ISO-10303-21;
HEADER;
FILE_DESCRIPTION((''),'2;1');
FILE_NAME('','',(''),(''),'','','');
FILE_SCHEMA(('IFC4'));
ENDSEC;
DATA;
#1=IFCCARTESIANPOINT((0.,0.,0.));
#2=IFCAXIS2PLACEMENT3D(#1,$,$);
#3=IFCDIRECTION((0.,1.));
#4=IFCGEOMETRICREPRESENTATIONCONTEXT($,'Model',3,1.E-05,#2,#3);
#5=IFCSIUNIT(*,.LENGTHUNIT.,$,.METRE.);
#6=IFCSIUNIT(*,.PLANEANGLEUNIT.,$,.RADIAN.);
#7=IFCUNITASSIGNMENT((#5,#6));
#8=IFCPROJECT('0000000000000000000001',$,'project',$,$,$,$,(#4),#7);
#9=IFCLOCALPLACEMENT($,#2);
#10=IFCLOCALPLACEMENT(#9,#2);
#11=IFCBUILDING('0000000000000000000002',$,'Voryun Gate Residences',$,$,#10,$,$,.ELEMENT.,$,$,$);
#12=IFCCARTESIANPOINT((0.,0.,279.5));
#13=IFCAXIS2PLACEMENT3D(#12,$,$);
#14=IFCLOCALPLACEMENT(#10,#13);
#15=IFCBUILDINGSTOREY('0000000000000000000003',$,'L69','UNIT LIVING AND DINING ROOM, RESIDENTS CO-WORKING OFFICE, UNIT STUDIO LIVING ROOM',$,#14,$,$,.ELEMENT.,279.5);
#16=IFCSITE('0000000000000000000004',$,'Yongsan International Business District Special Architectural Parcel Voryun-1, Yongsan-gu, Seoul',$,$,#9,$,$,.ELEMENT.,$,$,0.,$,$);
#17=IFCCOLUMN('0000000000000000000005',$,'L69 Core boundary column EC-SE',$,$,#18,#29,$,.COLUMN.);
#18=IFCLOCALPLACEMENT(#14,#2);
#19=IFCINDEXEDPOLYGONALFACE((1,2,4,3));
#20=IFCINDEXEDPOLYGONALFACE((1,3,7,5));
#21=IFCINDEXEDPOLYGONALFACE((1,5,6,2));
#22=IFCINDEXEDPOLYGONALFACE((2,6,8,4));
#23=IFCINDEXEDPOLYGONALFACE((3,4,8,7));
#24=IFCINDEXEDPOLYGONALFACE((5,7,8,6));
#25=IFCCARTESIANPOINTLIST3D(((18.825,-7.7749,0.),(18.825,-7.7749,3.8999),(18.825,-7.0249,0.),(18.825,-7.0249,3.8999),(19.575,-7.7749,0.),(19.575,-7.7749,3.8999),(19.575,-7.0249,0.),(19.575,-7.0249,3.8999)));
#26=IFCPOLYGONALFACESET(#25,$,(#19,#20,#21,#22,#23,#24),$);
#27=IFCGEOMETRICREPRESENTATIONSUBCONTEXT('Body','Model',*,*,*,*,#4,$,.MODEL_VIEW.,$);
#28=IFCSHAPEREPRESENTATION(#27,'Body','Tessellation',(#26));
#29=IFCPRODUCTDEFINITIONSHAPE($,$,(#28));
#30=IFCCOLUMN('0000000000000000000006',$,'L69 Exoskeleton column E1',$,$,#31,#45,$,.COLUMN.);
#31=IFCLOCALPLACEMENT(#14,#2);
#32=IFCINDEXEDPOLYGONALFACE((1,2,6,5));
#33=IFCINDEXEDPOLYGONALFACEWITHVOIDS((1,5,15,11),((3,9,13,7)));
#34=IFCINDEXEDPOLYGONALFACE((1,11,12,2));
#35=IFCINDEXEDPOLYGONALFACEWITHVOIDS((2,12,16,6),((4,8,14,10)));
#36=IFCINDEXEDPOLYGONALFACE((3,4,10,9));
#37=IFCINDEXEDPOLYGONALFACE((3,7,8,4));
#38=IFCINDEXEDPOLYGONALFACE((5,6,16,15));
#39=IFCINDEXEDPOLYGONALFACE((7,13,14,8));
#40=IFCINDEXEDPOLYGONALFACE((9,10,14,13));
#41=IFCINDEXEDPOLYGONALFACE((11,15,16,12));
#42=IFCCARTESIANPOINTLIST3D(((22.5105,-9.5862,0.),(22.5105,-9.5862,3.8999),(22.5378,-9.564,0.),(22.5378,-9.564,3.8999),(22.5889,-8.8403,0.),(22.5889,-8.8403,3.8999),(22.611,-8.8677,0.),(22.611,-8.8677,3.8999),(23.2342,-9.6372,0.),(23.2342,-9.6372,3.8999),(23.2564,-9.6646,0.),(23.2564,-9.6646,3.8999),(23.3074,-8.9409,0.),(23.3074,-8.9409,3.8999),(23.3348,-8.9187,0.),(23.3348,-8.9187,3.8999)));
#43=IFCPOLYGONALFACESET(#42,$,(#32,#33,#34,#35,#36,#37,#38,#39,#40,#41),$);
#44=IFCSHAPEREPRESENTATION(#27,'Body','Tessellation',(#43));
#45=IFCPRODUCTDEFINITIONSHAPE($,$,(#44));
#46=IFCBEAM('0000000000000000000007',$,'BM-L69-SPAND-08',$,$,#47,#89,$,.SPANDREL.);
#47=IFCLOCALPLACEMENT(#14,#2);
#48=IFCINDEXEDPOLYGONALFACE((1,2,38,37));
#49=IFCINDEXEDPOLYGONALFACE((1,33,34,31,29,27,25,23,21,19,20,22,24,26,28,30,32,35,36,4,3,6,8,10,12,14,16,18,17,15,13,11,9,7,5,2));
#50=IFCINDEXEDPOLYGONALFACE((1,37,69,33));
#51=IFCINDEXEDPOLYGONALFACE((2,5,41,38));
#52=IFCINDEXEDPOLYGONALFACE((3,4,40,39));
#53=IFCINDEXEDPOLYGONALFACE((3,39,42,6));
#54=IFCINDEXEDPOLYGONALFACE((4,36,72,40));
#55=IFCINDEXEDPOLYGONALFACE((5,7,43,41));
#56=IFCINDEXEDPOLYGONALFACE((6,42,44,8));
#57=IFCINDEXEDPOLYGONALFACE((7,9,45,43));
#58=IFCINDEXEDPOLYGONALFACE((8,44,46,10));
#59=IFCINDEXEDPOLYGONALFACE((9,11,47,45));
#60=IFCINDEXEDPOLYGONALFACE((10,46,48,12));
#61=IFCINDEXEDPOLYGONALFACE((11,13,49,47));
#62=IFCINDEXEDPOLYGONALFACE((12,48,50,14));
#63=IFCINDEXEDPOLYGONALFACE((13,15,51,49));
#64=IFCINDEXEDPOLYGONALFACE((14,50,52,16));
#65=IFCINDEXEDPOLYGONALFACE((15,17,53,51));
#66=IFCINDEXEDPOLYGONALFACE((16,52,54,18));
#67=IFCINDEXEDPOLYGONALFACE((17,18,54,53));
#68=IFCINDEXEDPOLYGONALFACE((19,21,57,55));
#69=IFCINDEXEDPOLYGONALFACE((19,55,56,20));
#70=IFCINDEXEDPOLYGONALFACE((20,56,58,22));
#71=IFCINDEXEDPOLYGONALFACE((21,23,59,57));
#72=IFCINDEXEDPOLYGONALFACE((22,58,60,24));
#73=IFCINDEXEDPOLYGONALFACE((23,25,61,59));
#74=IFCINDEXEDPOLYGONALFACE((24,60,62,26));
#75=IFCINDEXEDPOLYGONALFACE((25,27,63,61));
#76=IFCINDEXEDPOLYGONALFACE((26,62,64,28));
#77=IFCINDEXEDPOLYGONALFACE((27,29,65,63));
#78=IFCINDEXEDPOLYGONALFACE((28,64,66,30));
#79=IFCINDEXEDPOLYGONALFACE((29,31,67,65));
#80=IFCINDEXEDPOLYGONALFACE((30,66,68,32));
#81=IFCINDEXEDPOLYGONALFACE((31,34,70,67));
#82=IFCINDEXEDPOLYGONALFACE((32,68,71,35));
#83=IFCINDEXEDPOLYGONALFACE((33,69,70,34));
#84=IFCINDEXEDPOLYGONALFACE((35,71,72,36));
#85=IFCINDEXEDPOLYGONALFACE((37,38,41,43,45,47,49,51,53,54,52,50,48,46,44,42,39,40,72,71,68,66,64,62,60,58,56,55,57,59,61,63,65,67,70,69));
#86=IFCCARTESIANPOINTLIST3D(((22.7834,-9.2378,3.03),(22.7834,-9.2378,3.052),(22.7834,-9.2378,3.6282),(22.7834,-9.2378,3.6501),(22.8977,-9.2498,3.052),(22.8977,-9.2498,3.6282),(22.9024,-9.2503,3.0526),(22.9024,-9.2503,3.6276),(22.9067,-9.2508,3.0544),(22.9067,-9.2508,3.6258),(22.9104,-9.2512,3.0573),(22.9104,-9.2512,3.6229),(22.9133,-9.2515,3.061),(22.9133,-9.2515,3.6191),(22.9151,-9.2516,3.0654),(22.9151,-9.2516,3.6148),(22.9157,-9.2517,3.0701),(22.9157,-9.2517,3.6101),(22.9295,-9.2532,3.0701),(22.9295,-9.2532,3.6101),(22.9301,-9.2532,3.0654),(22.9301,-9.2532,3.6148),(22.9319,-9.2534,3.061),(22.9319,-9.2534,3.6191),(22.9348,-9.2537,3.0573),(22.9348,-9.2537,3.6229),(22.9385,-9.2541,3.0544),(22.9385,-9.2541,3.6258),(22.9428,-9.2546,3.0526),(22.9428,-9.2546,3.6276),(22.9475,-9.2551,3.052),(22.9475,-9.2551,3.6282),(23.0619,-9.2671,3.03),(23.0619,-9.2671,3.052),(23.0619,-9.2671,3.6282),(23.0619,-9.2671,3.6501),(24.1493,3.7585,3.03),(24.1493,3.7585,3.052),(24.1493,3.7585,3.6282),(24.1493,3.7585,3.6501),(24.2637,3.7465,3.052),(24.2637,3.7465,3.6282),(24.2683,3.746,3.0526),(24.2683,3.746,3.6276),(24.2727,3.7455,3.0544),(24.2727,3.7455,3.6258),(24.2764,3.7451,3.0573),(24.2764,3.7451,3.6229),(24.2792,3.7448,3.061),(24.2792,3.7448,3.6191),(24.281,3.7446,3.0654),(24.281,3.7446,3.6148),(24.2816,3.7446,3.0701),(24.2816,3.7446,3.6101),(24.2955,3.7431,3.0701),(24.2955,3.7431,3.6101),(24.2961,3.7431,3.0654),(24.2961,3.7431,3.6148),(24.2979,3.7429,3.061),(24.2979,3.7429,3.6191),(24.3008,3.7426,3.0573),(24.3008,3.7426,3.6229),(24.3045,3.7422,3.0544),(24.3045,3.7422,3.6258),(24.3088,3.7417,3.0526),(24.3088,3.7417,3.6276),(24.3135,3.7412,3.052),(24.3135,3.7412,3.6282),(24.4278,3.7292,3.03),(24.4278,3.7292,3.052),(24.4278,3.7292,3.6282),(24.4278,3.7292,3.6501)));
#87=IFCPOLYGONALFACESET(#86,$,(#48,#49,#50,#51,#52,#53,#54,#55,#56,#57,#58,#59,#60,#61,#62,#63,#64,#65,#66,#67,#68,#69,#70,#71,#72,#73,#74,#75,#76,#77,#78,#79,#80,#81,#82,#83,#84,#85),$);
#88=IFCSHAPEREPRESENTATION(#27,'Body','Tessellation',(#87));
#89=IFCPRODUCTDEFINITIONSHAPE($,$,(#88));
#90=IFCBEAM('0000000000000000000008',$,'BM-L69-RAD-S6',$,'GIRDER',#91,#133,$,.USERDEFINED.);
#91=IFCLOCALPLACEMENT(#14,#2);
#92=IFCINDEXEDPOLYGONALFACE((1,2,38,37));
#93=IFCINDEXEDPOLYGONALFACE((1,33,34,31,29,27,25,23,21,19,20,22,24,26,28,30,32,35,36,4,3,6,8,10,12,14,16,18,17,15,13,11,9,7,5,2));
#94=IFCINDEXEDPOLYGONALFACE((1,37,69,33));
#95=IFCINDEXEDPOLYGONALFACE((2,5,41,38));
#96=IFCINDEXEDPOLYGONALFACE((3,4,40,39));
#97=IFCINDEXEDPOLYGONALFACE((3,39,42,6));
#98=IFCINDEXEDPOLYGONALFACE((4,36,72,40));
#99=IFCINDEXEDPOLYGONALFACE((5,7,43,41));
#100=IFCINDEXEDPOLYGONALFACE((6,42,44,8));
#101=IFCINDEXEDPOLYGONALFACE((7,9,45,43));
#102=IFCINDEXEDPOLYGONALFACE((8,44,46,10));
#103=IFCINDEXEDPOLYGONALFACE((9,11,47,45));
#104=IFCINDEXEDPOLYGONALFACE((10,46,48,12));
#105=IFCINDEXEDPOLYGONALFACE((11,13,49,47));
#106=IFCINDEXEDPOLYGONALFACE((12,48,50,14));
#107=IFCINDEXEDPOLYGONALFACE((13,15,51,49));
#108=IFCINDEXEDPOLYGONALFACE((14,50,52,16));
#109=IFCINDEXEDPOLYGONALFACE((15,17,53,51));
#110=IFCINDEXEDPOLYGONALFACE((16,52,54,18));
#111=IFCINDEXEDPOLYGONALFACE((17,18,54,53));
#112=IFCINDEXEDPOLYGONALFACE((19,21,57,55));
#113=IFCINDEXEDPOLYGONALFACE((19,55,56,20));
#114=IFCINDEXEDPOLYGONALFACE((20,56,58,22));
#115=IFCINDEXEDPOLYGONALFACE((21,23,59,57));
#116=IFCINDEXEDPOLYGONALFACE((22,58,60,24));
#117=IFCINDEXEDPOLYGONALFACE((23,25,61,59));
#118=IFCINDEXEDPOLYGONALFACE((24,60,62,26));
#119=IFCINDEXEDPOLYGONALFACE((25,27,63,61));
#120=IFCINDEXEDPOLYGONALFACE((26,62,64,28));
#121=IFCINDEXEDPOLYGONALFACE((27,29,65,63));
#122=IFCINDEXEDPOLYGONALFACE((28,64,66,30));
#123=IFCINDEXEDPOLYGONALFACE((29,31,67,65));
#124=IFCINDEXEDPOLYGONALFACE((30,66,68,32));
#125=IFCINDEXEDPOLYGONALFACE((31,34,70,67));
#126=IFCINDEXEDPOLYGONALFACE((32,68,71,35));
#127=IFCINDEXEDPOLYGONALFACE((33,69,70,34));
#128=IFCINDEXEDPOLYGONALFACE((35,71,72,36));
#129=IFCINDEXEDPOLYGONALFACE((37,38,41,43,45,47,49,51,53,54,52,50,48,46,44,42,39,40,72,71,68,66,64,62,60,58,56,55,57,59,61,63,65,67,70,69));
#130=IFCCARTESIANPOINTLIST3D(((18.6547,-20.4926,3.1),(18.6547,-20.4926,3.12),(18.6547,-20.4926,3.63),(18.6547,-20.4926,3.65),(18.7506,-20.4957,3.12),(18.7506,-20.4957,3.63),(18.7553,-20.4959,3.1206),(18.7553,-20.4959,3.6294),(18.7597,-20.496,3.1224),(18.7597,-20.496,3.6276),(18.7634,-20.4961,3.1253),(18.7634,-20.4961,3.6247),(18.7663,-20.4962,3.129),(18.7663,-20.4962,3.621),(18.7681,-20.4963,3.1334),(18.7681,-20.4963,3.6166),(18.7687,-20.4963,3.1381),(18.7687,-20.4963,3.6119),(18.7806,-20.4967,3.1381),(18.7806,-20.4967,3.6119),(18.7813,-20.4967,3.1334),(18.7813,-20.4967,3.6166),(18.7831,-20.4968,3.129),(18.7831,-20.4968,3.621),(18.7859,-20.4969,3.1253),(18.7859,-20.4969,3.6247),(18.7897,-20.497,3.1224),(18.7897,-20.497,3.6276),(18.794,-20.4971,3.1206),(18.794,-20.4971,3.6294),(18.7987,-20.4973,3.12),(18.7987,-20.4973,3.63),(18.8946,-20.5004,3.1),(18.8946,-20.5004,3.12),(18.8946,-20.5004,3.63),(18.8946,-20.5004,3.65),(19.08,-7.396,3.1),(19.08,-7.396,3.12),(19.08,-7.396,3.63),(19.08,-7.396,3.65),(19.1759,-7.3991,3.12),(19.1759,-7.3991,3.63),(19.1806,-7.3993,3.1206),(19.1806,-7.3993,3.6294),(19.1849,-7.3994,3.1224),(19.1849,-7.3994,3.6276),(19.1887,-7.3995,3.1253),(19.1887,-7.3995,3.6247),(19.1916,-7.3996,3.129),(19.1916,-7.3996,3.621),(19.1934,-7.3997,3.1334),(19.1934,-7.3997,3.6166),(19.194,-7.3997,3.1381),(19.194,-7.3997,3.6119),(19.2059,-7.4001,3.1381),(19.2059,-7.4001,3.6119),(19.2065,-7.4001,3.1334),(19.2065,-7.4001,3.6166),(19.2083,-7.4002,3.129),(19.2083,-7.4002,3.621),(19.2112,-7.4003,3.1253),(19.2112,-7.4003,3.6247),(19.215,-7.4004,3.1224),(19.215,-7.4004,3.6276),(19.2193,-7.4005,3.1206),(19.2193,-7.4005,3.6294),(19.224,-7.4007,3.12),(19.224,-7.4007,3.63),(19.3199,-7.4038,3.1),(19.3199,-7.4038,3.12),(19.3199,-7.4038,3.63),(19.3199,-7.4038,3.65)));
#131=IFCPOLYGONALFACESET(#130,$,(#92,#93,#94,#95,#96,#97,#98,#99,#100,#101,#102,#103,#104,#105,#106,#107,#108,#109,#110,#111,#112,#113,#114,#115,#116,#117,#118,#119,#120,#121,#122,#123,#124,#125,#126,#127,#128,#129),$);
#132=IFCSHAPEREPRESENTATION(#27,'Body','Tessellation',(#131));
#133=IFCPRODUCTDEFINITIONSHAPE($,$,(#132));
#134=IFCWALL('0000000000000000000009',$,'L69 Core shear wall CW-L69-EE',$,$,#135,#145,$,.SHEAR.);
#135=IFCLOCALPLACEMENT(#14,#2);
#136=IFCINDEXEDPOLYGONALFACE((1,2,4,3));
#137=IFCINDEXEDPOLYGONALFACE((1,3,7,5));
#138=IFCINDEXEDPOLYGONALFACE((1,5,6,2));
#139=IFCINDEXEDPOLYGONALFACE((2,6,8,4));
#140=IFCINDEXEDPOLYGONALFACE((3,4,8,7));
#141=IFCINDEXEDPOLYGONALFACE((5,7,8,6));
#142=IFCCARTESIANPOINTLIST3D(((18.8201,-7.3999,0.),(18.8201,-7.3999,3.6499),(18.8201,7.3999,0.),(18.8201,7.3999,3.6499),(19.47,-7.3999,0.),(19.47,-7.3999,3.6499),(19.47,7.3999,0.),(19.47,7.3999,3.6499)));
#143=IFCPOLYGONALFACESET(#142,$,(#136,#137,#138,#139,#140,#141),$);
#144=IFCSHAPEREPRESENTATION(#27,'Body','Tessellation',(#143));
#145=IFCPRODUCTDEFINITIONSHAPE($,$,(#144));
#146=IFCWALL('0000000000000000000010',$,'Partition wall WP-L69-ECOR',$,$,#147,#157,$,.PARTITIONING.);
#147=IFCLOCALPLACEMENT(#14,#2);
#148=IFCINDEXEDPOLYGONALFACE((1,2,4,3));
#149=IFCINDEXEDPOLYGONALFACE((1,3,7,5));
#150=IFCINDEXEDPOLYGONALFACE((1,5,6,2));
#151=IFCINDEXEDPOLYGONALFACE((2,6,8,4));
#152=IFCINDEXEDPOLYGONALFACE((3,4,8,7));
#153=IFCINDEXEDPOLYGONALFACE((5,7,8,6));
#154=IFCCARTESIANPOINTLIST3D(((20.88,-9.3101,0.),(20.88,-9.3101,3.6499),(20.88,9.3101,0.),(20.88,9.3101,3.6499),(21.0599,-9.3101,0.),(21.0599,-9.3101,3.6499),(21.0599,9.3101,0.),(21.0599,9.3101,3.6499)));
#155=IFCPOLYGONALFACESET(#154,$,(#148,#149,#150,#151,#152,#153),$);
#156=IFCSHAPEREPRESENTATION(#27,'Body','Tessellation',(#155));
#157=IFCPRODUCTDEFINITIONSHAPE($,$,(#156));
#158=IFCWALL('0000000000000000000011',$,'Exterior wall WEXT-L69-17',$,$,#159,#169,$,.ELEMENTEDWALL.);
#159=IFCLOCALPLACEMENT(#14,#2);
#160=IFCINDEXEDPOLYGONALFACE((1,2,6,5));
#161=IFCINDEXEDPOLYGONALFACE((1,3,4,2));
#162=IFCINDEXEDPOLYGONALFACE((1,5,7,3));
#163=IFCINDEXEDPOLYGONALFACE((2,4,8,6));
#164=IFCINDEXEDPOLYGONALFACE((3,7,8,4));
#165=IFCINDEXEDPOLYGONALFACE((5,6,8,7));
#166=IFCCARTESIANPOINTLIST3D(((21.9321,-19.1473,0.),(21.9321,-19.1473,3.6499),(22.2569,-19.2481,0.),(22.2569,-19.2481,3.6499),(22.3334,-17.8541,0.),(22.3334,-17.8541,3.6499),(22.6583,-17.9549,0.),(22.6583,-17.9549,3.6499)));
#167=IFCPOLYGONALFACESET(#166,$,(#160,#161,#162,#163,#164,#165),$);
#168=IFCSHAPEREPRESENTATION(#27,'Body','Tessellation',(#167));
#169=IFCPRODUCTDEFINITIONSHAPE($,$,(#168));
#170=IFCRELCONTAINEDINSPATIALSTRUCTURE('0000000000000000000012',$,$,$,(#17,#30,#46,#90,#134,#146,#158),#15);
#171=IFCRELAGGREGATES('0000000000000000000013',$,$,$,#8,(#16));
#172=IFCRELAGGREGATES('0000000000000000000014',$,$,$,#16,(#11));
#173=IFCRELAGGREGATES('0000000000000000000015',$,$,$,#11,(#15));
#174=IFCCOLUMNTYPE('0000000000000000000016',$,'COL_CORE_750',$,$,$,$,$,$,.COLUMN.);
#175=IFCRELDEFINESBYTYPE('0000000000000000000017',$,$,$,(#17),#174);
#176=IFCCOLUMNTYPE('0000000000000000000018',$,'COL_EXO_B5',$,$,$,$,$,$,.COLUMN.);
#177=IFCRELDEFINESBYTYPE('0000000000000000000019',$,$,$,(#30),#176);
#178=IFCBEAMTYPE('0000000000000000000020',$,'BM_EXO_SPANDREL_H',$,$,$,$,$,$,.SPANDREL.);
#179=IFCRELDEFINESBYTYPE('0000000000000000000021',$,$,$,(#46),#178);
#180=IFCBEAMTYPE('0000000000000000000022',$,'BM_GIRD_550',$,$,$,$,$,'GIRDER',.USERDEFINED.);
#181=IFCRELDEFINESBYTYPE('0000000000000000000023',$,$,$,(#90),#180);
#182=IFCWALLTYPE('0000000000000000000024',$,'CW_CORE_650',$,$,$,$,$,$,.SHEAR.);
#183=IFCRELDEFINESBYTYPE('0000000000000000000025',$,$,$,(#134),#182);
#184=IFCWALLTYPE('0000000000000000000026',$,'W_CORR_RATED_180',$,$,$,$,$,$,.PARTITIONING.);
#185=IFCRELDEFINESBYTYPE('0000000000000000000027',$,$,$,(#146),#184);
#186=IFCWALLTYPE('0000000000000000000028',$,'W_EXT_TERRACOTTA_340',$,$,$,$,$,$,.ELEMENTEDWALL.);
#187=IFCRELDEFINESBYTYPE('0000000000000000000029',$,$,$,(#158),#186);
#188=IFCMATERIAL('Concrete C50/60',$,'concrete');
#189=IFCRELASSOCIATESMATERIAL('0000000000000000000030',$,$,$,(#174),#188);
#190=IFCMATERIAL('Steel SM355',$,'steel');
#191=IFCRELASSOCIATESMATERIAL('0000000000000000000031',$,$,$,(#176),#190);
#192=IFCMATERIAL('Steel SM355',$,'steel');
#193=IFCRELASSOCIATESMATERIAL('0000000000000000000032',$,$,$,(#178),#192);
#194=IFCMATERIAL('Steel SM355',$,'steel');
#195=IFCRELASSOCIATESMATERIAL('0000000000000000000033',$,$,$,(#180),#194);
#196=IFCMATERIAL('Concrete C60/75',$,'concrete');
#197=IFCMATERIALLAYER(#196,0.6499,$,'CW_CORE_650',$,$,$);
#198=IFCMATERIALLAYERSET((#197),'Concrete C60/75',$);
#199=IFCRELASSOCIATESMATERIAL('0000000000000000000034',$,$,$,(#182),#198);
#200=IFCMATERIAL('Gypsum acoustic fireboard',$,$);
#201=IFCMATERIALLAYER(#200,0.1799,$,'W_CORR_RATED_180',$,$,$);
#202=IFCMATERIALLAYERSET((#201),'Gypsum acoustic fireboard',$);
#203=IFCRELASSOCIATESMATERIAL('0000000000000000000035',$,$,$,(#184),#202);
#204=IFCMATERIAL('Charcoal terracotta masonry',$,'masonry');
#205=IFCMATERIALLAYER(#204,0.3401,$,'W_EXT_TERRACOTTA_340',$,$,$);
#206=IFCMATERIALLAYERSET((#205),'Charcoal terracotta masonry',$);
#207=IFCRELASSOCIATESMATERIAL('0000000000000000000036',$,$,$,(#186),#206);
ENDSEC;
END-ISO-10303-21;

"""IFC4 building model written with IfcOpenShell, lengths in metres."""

from ifc_helpers import new_model, si_unit, direction, frame, frame_2d, origin, origin_2d, place, context, subcontext, project, spatial, rectangle, hollow_rectangle, i_section, extrude, material, layer, layer_set, material_profile, profile_set, type_object, element, save


model = new_model("IFC4")

# Units and contexts
model_context = context("Model", 3, precision=1e-05, world=origin(), true_north=direction((0.0, 1.0)))
body_context = subcontext(model_context, "Body", "Model", "MODEL_VIEW")
ifc_project = project(units=[si_unit("LENGTHUNIT", "METRE"), si_unit("PLANEANGLEUNIT", "RADIAN")], contexts=[model_context])

# Site, building, storey
site_placement = place(None, origin())
site = spatial("IfcSite", under=ifc_project, at=site_placement, Name="Yongsan International Business District Special Architectural Parcel Voryun-1, Yongsan-gu, Seoul", CompositionType="ELEMENT", RefElevation=0.0)
building_placement = place(site_placement, origin())
building = spatial("IfcBuilding", under=site, at=building_placement, Name="Voryun Gate Residences", CompositionType="ELEMENT")
storey_placement = place(building_placement, frame((0.0, 0.0, 279.5)))
storey = spatial("IfcBuildingStorey", under=building, at=storey_placement, Name="L69", Description="UNIT LIVING AND DINING ROOM, RESIDENTS CO-WORKING OFFICE, UNIT STUDIO LIVING ROOM", CompositionType="ELEMENT", Elevation=279.5)

# Columns
ifc_material_1 = material(Name="Concrete C50/60", Category="concrete")
ifc_material_profile_1 = material_profile(ifc_material_1, rectangle(XDim=0.75, YDim=0.75, at=origin_2d()), Name="RC-750x750")
ifc_profile_set_1 = profile_set([ifc_material_profile_1], Name="Concrete C50/60")
column_type_1 = type_object("IfcColumnType", Name="COL_CORE_750", PredefinedType="COLUMN", material=ifc_profile_set_1)
column_1_placement = place(storey_placement, frame((19.2, -7.3999, 0.0), z_axis=(0.0, 0.0, 1.0), x_axis=(1.0, 0.0, 0.0)))
element("IfcColumn", 1, at=column_1_placement, inside=storey, type_object=column_type_1, Name="L69 Core boundary column EC-SE", PredefinedType="COLUMN", context=body_context, shape_type="SweptSolid", body=[
    extrude(rectangle(XDim=0.75, YDim=0.75, at=origin_2d()), origin(), (0.0, 0.0, 1.0), 3.8999),
])
ifc_material_2 = material(Name="Steel SM355", Category="steel")
ifc_material_profile_2 = material_profile(ifc_material_2, hollow_rectangle(XDim=0.75, YDim=0.75, WallThickness=0.0249, at=origin_2d()), Name="BOX-750x750x25")
ifc_profile_set_2 = profile_set([ifc_material_profile_2], Name="Steel SM355")
column_type_2 = type_object("IfcColumnType", Name="COL_EXO_B5", PredefinedType="COLUMN", material=ifc_profile_set_2)
column_2_placement = place(storey_placement, frame((22.9226, -9.2524, 0.0), z_axis=(0.0, 0.0, 1.0), x_axis=(0.994522, -0.104528, 0.0)))
element("IfcColumn", 2, at=column_2_placement, inside=storey, type_object=column_type_2, Name="L69 Exoskeleton column E1", PredefinedType="COLUMN", context=body_context, shape_type="SweptSolid", body=[
    extrude(hollow_rectangle(XDim=0.75, YDim=0.75, WallThickness=0.0249, at=origin_2d()), origin(), (0.0, 0.0, 1.0), 3.8999),
])

# Beams
ifc_material_3 = material(Name="Steel SM355", Category="steel")
ifc_material_profile_3 = material_profile(ifc_material_3, i_section(OverallWidth=0.28, OverallDepth=0.6201, WebThickness=0.0139, FlangeThickness=0.022, FilletRadius=0.0181, at=origin_2d()), Name="H-620x280x14x22")
ifc_profile_set_3 = profile_set([ifc_material_profile_3], Name="Steel SM355")
beam_type_1 = type_object("IfcBeamType", Name="BM_EXO_SPANDREL_H", PredefinedType="SPANDREL", material=ifc_profile_set_3)
beam_1_placement = place(storey_placement, frame((22.9226, -9.2524, 3.3401), z_axis=(0.104528, 0.994522, 0.0), x_axis=(-0.994522, 0.104528, 0.0)))
element("IfcBeam", 3, at=beam_1_placement, inside=storey, type_object=beam_type_1, Name="BM-L69-SPAND-08", PredefinedType="SPANDREL", context=body_context, shape_type="SweptSolid", body=[
    extrude(i_section(OverallWidth=0.28, OverallDepth=0.6201, WebThickness=0.0139, FlangeThickness=0.022, FilletRadius=0.0181, at=origin_2d()), origin(), (0.0, 0.0, 1.0), 13.0679),
])
ifc_material_4 = material(Name="Steel SM355", Category="steel")
ifc_material_profile_4 = material_profile(ifc_material_4, i_section(OverallWidth=0.24, OverallDepth=0.55, WebThickness=0.012, FlangeThickness=0.02, FilletRadius=0.0181, at=origin_2d()), Name="H-550x240x12x20")
ifc_profile_set_4 = profile_set([ifc_material_profile_4], Name="Steel SM355")
beam_type_2 = type_object("IfcBeamType", Name="BM_GIRD_550", ElementType="GIRDER", PredefinedType="USERDEFINED", material=ifc_profile_set_4)
beam_2_placement = place(storey_placement, frame((19.2, -7.3999, 3.375), z_axis=(-0.032456, -0.999473, 0.0), x_axis=(0.999473, -0.032456, 0.0)))
element("IfcBeam", 4, at=beam_2_placement, inside=storey, type_object=beam_type_2, Name="BM-L69-RAD-S6", ObjectType="GIRDER", PredefinedType="USERDEFINED", context=body_context, shape_type="SweptSolid", body=[
    extrude(i_section(OverallWidth=0.24, OverallDepth=0.55, WebThickness=0.012, FlangeThickness=0.02, FilletRadius=0.0181, at=origin_2d()), origin(), (0.0, 0.0, 1.0), 13.1035),
])

# Walls
ifc_material_5 = material(Name="Concrete C60/75", Category="concrete")
ifc_layer_1 = layer(ifc_material_5, 0.6499, Name="CW_CORE_650")
ifc_layer_set_1 = layer_set([ifc_layer_1], Name="Concrete C60/75")
wall_type_1 = type_object("IfcWallType", Name="CW_CORE_650", PredefinedType="SHEAR", material=ifc_layer_set_1)
wall_1_placement = place(storey_placement, frame((19.145, -7.3999, 0.0), z_axis=(0.0, 0.0, 1.0), x_axis=(0.0, 1.0, 0.0)))
element("IfcWall", 5, at=wall_1_placement, inside=storey, type_object=wall_type_1, Name="L69 Core shear wall CW-L69-EE", PredefinedType="SHEAR", context=body_context, shape_type="SweptSolid", body=[
    extrude(rectangle(XDim=14.7998, YDim=0.6499, at=frame_2d((7.3999, 0.0))), origin(), (0.0, 0.0, 1.0), 3.6499),
])
ifc_material_6 = material(Name="Gypsum acoustic fireboard")
ifc_layer_2 = layer(ifc_material_6, 0.1799, Name="W_CORR_RATED_180")
ifc_layer_set_2 = layer_set([ifc_layer_2], Name="Gypsum acoustic fireboard")
wall_type_2 = type_object("IfcWallType", Name="W_CORR_RATED_180", PredefinedType="PARTITIONING", material=ifc_layer_set_2)
wall_2_placement = place(storey_placement, frame((20.97, -9.3101, 0.0), z_axis=(0.0, 0.0, 1.0), x_axis=(0.0, 1.0, 0.0)))
element("IfcWall", 6, at=wall_2_placement, inside=storey, type_object=wall_type_2, Name="Partition wall WP-L69-ECOR", PredefinedType="PARTITIONING", context=body_context, shape_type="SweptSolid", body=[
    extrude(rectangle(XDim=18.6201, YDim=0.1799, at=frame_2d((9.3101, 0.0))), origin(), (0.0, 0.0, 1.0), 3.6499),
])
ifc_material_7 = material(Name="Charcoal terracotta masonry", Category="masonry")
ifc_layer_3 = layer(ifc_material_7, 0.3401, Name="W_EXT_TERRACOTTA_340")
ifc_layer_set_3 = layer_set([ifc_layer_3], Name="Charcoal terracotta masonry")
wall_type_3 = type_object("IfcWallType", Name="W_EXT_TERRACOTTA_340", PredefinedType="ELEMENTEDWALL", material=ifc_layer_set_3)
wall_3_placement = place(storey_placement, frame((22.4958, -17.9045, 0.0), z_axis=(0.0, 0.0, 1.0), x_axis=(-0.296416, -0.955059, 0.0)))
element("IfcWall", 7, at=wall_3_placement, inside=storey, type_object=wall_type_3, Name="Exterior wall WEXT-L69-17", PredefinedType="ELEMENTEDWALL", context=body_context, shape_type="SweptSolid", body=[
    extrude(rectangle(XDim=1.354, YDim=0.3401, at=frame_2d((0.677, 0.0))), origin(), (0.0, 0.0, 1.0), 3.6499),
])

save(model, "model.ifc")
